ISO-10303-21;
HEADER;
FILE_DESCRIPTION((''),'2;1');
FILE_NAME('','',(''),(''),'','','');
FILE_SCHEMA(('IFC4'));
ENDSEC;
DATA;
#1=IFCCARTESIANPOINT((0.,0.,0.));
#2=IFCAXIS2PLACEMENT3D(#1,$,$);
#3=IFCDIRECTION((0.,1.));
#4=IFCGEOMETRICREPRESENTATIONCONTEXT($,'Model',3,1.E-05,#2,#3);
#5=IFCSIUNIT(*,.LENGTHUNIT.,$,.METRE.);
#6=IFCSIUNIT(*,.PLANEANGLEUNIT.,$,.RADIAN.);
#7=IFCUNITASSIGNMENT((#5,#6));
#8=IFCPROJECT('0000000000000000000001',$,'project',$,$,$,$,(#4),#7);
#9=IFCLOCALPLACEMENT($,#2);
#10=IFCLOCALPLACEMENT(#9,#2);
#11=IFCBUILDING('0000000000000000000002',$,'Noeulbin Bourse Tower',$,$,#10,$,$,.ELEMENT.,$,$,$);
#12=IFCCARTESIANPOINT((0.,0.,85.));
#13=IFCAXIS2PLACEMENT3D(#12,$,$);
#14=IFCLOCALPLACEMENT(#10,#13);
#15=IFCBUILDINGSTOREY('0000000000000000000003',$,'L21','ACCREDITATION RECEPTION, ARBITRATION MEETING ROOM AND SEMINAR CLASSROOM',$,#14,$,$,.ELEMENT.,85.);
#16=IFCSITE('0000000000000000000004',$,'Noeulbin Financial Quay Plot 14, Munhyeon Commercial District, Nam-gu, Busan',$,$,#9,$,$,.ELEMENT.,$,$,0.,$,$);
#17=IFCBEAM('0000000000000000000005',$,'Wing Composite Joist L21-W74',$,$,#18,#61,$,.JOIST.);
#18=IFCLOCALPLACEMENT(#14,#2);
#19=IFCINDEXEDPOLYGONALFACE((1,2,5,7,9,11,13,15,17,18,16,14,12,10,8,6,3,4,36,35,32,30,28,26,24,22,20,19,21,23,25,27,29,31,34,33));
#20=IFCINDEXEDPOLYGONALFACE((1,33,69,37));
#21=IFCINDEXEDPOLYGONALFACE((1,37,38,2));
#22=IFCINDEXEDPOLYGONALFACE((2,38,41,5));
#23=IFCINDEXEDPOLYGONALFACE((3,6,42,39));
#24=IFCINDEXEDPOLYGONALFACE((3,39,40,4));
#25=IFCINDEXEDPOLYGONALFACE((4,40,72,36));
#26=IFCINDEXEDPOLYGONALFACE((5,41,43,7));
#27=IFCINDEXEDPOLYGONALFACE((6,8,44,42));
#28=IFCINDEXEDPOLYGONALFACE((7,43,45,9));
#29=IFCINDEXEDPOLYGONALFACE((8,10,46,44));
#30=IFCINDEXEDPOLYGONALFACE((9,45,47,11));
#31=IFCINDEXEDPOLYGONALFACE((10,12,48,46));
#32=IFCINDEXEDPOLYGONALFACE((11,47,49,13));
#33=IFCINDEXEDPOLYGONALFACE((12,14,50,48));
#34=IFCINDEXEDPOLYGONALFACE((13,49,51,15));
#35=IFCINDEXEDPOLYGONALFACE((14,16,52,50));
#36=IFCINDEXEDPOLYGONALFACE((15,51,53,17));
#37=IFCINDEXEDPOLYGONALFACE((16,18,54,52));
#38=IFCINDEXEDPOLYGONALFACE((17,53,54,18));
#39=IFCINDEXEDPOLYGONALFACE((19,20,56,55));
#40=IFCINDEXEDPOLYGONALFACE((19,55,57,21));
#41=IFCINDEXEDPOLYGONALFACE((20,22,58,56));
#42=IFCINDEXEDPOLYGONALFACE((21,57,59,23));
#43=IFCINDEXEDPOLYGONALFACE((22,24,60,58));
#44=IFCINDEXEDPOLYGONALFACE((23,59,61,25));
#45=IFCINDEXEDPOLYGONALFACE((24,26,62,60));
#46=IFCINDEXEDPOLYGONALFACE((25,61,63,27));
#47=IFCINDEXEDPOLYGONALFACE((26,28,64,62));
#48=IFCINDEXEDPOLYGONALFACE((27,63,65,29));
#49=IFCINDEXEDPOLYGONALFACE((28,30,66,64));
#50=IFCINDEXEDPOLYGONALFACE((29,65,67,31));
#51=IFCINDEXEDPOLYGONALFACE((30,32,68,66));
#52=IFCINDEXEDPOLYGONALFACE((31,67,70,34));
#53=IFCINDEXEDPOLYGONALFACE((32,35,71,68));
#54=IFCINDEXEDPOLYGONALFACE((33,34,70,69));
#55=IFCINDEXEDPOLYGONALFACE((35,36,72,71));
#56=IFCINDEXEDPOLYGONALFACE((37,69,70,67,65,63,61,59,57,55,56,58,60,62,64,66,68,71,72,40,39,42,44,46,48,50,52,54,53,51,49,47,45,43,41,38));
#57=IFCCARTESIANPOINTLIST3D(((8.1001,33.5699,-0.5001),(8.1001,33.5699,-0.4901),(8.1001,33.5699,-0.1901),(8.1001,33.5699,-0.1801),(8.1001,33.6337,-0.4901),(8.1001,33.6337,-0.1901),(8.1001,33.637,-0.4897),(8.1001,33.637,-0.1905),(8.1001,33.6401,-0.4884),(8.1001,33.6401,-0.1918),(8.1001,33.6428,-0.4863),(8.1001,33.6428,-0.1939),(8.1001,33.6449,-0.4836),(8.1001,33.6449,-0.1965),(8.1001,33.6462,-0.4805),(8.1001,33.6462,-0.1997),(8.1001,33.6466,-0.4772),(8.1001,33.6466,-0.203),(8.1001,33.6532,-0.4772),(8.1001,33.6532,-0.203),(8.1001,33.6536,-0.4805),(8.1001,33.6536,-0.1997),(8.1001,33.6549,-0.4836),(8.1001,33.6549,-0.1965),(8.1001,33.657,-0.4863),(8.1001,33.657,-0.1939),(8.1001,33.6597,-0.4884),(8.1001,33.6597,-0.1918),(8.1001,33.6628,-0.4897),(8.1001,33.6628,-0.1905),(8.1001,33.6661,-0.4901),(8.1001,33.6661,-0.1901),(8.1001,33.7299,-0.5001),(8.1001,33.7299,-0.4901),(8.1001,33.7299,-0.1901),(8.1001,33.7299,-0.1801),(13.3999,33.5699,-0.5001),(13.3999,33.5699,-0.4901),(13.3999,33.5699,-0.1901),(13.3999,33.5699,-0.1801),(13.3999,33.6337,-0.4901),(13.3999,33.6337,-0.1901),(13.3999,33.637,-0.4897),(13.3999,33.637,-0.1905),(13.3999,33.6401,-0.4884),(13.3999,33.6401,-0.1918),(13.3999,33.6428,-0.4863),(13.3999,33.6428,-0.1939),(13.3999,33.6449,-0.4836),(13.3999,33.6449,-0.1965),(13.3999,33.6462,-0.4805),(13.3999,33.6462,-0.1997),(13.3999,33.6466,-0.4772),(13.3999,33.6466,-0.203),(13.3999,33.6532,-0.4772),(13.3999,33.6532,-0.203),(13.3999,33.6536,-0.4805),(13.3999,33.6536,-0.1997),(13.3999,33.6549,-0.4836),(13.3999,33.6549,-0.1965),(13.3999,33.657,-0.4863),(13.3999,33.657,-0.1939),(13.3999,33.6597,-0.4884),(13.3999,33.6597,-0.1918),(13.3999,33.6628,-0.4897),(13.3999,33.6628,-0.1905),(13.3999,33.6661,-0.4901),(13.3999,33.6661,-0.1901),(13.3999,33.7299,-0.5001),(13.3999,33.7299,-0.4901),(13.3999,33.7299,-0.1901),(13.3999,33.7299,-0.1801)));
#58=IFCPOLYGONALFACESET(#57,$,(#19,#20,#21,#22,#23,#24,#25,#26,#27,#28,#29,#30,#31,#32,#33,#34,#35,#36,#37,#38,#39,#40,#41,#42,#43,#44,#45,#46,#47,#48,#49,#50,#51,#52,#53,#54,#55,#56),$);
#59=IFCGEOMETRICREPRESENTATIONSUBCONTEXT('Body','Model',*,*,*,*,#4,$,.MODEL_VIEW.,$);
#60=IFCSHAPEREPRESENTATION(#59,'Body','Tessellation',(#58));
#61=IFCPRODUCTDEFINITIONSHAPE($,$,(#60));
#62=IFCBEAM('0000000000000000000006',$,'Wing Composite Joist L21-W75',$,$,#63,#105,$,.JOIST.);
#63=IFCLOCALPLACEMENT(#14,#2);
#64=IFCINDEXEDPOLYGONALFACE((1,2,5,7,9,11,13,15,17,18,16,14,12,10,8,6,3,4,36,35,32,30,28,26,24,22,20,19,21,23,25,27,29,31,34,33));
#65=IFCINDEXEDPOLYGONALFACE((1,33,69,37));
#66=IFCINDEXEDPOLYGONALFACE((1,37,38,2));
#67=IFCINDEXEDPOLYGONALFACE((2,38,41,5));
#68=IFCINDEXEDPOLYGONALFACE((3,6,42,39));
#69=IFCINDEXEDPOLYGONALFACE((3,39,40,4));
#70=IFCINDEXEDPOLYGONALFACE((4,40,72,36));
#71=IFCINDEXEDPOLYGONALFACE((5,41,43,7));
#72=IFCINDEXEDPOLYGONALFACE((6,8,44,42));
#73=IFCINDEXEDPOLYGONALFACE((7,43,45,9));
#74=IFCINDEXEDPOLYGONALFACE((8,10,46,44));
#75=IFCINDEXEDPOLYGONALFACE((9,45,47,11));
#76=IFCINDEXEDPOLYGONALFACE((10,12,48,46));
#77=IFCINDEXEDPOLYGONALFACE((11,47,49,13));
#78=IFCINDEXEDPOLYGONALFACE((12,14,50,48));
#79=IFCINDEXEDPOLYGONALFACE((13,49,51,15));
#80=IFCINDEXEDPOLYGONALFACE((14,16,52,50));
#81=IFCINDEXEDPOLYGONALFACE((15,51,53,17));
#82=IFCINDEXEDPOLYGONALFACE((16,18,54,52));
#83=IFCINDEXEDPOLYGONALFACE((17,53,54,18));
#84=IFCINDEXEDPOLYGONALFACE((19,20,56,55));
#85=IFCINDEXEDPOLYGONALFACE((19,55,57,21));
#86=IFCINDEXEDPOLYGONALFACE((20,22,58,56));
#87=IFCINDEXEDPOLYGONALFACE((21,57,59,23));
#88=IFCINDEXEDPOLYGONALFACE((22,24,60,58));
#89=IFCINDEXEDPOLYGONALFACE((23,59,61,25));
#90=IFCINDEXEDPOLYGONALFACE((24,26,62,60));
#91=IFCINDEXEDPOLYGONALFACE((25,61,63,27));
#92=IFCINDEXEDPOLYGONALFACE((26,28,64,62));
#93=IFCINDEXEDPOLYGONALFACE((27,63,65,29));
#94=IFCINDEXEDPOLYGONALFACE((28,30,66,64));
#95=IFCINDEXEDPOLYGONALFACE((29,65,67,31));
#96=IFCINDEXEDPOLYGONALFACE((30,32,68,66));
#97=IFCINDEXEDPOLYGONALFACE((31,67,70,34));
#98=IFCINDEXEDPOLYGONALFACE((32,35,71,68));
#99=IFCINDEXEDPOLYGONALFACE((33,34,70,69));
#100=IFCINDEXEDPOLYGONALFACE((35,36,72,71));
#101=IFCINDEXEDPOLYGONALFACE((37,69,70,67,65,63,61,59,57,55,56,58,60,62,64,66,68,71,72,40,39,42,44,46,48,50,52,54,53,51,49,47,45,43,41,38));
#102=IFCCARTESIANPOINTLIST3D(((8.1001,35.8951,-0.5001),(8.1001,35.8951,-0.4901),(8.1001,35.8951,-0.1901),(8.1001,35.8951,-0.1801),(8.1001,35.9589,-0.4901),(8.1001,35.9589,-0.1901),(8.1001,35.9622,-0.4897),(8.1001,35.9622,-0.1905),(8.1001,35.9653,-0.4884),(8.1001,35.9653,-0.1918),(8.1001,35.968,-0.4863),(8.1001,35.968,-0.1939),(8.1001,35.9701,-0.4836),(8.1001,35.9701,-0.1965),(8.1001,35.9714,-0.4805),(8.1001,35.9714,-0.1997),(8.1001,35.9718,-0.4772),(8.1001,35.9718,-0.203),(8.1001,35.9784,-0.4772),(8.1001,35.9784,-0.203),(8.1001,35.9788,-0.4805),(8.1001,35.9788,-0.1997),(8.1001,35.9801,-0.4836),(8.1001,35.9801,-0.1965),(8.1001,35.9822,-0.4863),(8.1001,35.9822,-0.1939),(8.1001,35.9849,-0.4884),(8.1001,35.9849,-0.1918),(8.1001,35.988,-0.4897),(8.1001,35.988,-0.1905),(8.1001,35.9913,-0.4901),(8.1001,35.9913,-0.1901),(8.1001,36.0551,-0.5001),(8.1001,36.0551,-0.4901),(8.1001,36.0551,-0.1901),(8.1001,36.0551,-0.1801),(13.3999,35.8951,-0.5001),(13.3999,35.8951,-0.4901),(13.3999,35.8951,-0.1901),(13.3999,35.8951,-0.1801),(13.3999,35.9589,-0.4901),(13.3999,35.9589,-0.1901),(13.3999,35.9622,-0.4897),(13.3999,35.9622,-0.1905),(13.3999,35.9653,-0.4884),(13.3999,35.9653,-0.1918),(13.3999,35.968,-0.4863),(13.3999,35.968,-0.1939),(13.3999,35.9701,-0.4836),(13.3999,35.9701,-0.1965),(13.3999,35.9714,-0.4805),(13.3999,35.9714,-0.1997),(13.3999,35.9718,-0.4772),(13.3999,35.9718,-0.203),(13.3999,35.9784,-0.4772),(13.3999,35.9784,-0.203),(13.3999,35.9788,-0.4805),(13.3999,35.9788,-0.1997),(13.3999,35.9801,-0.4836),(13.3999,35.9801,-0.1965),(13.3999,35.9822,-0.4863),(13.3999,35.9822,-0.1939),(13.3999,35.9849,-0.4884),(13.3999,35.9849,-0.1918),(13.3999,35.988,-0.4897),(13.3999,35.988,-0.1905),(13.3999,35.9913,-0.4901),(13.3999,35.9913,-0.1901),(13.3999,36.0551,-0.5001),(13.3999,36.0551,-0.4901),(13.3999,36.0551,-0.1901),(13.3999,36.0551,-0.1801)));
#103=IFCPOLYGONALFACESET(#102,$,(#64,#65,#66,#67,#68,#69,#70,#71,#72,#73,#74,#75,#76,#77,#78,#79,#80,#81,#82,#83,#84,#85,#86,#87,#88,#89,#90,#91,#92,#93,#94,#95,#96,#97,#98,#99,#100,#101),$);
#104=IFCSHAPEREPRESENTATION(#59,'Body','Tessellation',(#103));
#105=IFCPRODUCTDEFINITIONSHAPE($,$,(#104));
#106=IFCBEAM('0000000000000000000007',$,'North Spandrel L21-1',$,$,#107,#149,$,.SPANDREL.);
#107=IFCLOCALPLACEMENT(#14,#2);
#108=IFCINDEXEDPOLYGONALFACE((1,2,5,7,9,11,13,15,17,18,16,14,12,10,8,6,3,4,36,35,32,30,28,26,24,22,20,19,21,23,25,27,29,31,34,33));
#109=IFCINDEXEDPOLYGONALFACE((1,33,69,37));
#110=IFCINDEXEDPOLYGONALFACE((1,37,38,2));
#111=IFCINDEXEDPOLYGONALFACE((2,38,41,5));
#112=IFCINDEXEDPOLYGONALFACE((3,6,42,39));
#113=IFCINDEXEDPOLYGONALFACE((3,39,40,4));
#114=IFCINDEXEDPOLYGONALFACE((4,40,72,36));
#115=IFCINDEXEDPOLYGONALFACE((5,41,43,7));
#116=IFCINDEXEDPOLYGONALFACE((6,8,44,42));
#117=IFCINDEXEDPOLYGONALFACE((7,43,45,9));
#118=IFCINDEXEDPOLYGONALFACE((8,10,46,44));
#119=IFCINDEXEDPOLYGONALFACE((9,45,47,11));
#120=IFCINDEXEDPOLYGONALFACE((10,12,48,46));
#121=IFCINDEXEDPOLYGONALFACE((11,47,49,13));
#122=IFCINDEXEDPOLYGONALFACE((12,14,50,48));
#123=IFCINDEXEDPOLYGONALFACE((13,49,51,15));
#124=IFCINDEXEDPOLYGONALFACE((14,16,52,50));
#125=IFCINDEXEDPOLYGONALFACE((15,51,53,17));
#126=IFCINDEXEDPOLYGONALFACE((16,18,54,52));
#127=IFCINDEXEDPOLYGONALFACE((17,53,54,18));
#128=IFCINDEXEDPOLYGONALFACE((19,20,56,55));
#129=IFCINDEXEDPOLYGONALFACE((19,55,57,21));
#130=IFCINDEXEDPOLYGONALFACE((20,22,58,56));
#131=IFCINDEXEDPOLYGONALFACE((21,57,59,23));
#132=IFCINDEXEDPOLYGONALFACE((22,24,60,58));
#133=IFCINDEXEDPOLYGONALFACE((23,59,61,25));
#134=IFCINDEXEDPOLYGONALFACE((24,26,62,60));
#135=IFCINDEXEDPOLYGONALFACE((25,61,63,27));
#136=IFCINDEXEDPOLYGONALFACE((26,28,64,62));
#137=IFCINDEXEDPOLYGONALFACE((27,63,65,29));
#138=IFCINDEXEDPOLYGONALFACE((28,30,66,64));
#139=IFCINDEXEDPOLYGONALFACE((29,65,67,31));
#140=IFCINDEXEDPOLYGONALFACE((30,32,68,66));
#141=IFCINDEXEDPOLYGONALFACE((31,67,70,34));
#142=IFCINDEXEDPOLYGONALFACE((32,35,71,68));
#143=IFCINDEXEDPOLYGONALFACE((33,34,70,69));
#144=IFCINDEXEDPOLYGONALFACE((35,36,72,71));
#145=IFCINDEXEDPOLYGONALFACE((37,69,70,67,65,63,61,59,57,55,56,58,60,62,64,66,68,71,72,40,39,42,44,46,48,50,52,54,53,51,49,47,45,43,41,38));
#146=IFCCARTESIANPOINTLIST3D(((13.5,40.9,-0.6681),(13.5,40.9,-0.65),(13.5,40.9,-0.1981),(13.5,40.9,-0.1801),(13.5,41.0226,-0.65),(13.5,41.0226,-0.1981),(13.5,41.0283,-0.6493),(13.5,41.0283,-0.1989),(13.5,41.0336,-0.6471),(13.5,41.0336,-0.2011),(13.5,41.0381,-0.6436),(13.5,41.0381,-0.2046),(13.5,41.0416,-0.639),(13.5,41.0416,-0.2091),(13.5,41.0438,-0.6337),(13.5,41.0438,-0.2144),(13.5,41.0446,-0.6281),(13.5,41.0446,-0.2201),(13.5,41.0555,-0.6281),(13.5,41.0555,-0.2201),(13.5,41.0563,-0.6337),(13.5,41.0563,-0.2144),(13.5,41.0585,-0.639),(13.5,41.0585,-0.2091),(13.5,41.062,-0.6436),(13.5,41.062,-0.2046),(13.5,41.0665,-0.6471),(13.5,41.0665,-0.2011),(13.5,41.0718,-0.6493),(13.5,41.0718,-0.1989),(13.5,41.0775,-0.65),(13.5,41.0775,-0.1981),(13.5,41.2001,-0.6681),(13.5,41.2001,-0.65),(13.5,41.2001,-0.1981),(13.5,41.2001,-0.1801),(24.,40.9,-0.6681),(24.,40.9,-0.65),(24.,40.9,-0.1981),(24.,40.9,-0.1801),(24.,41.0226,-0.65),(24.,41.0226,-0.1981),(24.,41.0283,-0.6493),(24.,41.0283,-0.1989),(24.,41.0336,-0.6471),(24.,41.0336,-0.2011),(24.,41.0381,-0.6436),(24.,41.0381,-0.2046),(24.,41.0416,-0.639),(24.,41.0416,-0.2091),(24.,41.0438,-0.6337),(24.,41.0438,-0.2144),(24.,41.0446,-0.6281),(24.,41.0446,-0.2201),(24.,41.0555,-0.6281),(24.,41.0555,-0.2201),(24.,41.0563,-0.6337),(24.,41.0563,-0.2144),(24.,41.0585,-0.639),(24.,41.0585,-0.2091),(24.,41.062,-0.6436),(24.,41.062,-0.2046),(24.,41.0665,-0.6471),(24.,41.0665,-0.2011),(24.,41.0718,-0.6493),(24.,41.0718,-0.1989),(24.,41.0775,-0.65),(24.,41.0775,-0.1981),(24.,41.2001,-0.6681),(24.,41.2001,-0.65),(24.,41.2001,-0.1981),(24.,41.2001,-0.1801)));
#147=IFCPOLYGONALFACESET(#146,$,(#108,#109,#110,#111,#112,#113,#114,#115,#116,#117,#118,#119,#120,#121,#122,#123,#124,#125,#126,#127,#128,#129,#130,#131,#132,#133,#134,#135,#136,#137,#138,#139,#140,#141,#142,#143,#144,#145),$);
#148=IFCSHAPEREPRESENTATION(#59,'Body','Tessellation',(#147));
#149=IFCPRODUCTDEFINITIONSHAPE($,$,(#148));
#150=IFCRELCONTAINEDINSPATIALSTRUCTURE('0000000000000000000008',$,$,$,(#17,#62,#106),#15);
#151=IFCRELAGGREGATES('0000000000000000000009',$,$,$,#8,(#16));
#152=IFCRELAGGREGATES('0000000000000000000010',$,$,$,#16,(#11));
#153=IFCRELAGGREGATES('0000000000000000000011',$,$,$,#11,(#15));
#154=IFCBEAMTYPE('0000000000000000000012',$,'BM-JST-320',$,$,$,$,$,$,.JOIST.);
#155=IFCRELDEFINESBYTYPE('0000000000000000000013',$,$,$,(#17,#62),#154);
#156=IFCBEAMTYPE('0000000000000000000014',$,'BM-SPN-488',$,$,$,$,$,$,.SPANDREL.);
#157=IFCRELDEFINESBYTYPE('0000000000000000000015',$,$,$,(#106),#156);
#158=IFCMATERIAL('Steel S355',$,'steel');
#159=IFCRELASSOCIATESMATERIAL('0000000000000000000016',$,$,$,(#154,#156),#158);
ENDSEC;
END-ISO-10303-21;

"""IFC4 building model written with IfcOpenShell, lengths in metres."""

from ifc_helpers import new_model, si_unit, direction, frame, origin, origin_2d, place, context, subcontext, project, spatial, i_section, extrude, material, material_profile, profile_set, type_object, element, save


model = new_model("IFC4")

# Units and contexts
model_context = context("Model", 3, precision=1e-05, world=origin(), true_north=direction((0.0, 1.0)))
body_context = subcontext(model_context, "Body", "Model", "MODEL_VIEW")
ifc_project = project(units=[si_unit("LENGTHUNIT", "METRE"), si_unit("PLANEANGLEUNIT", "RADIAN")], contexts=[model_context])

# Site, building, storey
site_placement = place(None, origin())
site = spatial("IfcSite", under=ifc_project, at=site_placement, Name="Noeulbin Financial Quay Plot 14, Munhyeon Commercial District, Nam-gu, Busan", CompositionType="ELEMENT", RefElevation=0.0)
building_placement = place(site_placement, origin())
building = spatial("IfcBuilding", under=site, at=building_placement, Name="Noeulbin Bourse Tower", CompositionType="ELEMENT")
storey_placement = place(building_placement, frame((0.0, 0.0, 85.0)))
storey = spatial("IfcBuildingStorey", under=building, at=storey_placement, Name="L21", Description="ACCREDITATION RECEPTION, ARBITRATION MEETING ROOM AND SEMINAR CLASSROOM", CompositionType="ELEMENT", Elevation=85.0)

# Beams
ifc_material_1 = material(Name="Steel S355", Category="steel")
ifc_material_profile_1 = material_profile(ifc_material_1, i_section(OverallWidth=0.1599, OverallDepth=0.3201, WebThickness=0.0066, FlangeThickness=0.01, FilletRadius=0.0129, at=origin_2d()), Name="H-320x160x6.5x10", Category="LoadBearing")
ifc_profile_set_1 = profile_set([ifc_material_profile_1], Name="Steel S355")
beam_type_1 = type_object("IfcBeamType", Name="BM-JST-320", PredefinedType="JOIST", material=ifc_profile_set_1)
for number, where, z_axis, x_axis, name in (
    (1, (8.1001, 33.6499, -0.3401), (1.0, 0.0, 0.0), (0.0, 1.0, 0.0), "Wing Composite Joist L21-W74"),
    (2, (8.1001, 35.9751, -0.3401), (1.0, 0.0, 0.0), (0.0, 1.0, 0.0), "Wing Composite Joist L21-W75"),
):
    element("IfcBeam", number, at=place(storey_placement, frame(where, z_axis=z_axis, x_axis=x_axis)), inside=storey, type_object=beam_type_1, Name=name, PredefinedType="JOIST", context=body_context, shape_type="SweptSolid", body=[
        extrude(i_section(OverallWidth=0.1599, OverallDepth=0.3201, WebThickness=0.0066, FlangeThickness=0.01, FilletRadius=0.0129, at=origin_2d()), origin(), (0.0, 0.0, 1.0), 5.2998),
    ])
ifc_material_profile_2 = material_profile(ifc_material_1, i_section(OverallWidth=0.3, OverallDepth=0.488, WebThickness=0.011, FlangeThickness=0.0181, FilletRadius=0.022, at=origin_2d()), Name="H-488x300x11x18", Category="LoadBearing")
ifc_profile_set_2 = profile_set([ifc_material_profile_2], Name="Steel S355")
beam_type_2 = type_object("IfcBeamType", Name="BM-SPN-488", PredefinedType="SPANDREL", material=ifc_profile_set_2)
beam_1_placement = place(storey_placement, frame((13.5, 41.05, -0.4241), z_axis=(1.0, 0.0, 0.0), x_axis=(0.0, 1.0, 0.0)))
element("IfcBeam", 3, at=beam_1_placement, inside=storey, type_object=beam_type_2, Name="North Spandrel L21-1", PredefinedType="SPANDREL", context=body_context, shape_type="SweptSolid", body=[
    extrude(i_section(OverallWidth=0.3, OverallDepth=0.488, WebThickness=0.011, FlangeThickness=0.0181, FilletRadius=0.022, at=origin_2d()), origin(), (0.0, 0.0, 1.0), 10.5),
])

save(model, "model.ifc")
